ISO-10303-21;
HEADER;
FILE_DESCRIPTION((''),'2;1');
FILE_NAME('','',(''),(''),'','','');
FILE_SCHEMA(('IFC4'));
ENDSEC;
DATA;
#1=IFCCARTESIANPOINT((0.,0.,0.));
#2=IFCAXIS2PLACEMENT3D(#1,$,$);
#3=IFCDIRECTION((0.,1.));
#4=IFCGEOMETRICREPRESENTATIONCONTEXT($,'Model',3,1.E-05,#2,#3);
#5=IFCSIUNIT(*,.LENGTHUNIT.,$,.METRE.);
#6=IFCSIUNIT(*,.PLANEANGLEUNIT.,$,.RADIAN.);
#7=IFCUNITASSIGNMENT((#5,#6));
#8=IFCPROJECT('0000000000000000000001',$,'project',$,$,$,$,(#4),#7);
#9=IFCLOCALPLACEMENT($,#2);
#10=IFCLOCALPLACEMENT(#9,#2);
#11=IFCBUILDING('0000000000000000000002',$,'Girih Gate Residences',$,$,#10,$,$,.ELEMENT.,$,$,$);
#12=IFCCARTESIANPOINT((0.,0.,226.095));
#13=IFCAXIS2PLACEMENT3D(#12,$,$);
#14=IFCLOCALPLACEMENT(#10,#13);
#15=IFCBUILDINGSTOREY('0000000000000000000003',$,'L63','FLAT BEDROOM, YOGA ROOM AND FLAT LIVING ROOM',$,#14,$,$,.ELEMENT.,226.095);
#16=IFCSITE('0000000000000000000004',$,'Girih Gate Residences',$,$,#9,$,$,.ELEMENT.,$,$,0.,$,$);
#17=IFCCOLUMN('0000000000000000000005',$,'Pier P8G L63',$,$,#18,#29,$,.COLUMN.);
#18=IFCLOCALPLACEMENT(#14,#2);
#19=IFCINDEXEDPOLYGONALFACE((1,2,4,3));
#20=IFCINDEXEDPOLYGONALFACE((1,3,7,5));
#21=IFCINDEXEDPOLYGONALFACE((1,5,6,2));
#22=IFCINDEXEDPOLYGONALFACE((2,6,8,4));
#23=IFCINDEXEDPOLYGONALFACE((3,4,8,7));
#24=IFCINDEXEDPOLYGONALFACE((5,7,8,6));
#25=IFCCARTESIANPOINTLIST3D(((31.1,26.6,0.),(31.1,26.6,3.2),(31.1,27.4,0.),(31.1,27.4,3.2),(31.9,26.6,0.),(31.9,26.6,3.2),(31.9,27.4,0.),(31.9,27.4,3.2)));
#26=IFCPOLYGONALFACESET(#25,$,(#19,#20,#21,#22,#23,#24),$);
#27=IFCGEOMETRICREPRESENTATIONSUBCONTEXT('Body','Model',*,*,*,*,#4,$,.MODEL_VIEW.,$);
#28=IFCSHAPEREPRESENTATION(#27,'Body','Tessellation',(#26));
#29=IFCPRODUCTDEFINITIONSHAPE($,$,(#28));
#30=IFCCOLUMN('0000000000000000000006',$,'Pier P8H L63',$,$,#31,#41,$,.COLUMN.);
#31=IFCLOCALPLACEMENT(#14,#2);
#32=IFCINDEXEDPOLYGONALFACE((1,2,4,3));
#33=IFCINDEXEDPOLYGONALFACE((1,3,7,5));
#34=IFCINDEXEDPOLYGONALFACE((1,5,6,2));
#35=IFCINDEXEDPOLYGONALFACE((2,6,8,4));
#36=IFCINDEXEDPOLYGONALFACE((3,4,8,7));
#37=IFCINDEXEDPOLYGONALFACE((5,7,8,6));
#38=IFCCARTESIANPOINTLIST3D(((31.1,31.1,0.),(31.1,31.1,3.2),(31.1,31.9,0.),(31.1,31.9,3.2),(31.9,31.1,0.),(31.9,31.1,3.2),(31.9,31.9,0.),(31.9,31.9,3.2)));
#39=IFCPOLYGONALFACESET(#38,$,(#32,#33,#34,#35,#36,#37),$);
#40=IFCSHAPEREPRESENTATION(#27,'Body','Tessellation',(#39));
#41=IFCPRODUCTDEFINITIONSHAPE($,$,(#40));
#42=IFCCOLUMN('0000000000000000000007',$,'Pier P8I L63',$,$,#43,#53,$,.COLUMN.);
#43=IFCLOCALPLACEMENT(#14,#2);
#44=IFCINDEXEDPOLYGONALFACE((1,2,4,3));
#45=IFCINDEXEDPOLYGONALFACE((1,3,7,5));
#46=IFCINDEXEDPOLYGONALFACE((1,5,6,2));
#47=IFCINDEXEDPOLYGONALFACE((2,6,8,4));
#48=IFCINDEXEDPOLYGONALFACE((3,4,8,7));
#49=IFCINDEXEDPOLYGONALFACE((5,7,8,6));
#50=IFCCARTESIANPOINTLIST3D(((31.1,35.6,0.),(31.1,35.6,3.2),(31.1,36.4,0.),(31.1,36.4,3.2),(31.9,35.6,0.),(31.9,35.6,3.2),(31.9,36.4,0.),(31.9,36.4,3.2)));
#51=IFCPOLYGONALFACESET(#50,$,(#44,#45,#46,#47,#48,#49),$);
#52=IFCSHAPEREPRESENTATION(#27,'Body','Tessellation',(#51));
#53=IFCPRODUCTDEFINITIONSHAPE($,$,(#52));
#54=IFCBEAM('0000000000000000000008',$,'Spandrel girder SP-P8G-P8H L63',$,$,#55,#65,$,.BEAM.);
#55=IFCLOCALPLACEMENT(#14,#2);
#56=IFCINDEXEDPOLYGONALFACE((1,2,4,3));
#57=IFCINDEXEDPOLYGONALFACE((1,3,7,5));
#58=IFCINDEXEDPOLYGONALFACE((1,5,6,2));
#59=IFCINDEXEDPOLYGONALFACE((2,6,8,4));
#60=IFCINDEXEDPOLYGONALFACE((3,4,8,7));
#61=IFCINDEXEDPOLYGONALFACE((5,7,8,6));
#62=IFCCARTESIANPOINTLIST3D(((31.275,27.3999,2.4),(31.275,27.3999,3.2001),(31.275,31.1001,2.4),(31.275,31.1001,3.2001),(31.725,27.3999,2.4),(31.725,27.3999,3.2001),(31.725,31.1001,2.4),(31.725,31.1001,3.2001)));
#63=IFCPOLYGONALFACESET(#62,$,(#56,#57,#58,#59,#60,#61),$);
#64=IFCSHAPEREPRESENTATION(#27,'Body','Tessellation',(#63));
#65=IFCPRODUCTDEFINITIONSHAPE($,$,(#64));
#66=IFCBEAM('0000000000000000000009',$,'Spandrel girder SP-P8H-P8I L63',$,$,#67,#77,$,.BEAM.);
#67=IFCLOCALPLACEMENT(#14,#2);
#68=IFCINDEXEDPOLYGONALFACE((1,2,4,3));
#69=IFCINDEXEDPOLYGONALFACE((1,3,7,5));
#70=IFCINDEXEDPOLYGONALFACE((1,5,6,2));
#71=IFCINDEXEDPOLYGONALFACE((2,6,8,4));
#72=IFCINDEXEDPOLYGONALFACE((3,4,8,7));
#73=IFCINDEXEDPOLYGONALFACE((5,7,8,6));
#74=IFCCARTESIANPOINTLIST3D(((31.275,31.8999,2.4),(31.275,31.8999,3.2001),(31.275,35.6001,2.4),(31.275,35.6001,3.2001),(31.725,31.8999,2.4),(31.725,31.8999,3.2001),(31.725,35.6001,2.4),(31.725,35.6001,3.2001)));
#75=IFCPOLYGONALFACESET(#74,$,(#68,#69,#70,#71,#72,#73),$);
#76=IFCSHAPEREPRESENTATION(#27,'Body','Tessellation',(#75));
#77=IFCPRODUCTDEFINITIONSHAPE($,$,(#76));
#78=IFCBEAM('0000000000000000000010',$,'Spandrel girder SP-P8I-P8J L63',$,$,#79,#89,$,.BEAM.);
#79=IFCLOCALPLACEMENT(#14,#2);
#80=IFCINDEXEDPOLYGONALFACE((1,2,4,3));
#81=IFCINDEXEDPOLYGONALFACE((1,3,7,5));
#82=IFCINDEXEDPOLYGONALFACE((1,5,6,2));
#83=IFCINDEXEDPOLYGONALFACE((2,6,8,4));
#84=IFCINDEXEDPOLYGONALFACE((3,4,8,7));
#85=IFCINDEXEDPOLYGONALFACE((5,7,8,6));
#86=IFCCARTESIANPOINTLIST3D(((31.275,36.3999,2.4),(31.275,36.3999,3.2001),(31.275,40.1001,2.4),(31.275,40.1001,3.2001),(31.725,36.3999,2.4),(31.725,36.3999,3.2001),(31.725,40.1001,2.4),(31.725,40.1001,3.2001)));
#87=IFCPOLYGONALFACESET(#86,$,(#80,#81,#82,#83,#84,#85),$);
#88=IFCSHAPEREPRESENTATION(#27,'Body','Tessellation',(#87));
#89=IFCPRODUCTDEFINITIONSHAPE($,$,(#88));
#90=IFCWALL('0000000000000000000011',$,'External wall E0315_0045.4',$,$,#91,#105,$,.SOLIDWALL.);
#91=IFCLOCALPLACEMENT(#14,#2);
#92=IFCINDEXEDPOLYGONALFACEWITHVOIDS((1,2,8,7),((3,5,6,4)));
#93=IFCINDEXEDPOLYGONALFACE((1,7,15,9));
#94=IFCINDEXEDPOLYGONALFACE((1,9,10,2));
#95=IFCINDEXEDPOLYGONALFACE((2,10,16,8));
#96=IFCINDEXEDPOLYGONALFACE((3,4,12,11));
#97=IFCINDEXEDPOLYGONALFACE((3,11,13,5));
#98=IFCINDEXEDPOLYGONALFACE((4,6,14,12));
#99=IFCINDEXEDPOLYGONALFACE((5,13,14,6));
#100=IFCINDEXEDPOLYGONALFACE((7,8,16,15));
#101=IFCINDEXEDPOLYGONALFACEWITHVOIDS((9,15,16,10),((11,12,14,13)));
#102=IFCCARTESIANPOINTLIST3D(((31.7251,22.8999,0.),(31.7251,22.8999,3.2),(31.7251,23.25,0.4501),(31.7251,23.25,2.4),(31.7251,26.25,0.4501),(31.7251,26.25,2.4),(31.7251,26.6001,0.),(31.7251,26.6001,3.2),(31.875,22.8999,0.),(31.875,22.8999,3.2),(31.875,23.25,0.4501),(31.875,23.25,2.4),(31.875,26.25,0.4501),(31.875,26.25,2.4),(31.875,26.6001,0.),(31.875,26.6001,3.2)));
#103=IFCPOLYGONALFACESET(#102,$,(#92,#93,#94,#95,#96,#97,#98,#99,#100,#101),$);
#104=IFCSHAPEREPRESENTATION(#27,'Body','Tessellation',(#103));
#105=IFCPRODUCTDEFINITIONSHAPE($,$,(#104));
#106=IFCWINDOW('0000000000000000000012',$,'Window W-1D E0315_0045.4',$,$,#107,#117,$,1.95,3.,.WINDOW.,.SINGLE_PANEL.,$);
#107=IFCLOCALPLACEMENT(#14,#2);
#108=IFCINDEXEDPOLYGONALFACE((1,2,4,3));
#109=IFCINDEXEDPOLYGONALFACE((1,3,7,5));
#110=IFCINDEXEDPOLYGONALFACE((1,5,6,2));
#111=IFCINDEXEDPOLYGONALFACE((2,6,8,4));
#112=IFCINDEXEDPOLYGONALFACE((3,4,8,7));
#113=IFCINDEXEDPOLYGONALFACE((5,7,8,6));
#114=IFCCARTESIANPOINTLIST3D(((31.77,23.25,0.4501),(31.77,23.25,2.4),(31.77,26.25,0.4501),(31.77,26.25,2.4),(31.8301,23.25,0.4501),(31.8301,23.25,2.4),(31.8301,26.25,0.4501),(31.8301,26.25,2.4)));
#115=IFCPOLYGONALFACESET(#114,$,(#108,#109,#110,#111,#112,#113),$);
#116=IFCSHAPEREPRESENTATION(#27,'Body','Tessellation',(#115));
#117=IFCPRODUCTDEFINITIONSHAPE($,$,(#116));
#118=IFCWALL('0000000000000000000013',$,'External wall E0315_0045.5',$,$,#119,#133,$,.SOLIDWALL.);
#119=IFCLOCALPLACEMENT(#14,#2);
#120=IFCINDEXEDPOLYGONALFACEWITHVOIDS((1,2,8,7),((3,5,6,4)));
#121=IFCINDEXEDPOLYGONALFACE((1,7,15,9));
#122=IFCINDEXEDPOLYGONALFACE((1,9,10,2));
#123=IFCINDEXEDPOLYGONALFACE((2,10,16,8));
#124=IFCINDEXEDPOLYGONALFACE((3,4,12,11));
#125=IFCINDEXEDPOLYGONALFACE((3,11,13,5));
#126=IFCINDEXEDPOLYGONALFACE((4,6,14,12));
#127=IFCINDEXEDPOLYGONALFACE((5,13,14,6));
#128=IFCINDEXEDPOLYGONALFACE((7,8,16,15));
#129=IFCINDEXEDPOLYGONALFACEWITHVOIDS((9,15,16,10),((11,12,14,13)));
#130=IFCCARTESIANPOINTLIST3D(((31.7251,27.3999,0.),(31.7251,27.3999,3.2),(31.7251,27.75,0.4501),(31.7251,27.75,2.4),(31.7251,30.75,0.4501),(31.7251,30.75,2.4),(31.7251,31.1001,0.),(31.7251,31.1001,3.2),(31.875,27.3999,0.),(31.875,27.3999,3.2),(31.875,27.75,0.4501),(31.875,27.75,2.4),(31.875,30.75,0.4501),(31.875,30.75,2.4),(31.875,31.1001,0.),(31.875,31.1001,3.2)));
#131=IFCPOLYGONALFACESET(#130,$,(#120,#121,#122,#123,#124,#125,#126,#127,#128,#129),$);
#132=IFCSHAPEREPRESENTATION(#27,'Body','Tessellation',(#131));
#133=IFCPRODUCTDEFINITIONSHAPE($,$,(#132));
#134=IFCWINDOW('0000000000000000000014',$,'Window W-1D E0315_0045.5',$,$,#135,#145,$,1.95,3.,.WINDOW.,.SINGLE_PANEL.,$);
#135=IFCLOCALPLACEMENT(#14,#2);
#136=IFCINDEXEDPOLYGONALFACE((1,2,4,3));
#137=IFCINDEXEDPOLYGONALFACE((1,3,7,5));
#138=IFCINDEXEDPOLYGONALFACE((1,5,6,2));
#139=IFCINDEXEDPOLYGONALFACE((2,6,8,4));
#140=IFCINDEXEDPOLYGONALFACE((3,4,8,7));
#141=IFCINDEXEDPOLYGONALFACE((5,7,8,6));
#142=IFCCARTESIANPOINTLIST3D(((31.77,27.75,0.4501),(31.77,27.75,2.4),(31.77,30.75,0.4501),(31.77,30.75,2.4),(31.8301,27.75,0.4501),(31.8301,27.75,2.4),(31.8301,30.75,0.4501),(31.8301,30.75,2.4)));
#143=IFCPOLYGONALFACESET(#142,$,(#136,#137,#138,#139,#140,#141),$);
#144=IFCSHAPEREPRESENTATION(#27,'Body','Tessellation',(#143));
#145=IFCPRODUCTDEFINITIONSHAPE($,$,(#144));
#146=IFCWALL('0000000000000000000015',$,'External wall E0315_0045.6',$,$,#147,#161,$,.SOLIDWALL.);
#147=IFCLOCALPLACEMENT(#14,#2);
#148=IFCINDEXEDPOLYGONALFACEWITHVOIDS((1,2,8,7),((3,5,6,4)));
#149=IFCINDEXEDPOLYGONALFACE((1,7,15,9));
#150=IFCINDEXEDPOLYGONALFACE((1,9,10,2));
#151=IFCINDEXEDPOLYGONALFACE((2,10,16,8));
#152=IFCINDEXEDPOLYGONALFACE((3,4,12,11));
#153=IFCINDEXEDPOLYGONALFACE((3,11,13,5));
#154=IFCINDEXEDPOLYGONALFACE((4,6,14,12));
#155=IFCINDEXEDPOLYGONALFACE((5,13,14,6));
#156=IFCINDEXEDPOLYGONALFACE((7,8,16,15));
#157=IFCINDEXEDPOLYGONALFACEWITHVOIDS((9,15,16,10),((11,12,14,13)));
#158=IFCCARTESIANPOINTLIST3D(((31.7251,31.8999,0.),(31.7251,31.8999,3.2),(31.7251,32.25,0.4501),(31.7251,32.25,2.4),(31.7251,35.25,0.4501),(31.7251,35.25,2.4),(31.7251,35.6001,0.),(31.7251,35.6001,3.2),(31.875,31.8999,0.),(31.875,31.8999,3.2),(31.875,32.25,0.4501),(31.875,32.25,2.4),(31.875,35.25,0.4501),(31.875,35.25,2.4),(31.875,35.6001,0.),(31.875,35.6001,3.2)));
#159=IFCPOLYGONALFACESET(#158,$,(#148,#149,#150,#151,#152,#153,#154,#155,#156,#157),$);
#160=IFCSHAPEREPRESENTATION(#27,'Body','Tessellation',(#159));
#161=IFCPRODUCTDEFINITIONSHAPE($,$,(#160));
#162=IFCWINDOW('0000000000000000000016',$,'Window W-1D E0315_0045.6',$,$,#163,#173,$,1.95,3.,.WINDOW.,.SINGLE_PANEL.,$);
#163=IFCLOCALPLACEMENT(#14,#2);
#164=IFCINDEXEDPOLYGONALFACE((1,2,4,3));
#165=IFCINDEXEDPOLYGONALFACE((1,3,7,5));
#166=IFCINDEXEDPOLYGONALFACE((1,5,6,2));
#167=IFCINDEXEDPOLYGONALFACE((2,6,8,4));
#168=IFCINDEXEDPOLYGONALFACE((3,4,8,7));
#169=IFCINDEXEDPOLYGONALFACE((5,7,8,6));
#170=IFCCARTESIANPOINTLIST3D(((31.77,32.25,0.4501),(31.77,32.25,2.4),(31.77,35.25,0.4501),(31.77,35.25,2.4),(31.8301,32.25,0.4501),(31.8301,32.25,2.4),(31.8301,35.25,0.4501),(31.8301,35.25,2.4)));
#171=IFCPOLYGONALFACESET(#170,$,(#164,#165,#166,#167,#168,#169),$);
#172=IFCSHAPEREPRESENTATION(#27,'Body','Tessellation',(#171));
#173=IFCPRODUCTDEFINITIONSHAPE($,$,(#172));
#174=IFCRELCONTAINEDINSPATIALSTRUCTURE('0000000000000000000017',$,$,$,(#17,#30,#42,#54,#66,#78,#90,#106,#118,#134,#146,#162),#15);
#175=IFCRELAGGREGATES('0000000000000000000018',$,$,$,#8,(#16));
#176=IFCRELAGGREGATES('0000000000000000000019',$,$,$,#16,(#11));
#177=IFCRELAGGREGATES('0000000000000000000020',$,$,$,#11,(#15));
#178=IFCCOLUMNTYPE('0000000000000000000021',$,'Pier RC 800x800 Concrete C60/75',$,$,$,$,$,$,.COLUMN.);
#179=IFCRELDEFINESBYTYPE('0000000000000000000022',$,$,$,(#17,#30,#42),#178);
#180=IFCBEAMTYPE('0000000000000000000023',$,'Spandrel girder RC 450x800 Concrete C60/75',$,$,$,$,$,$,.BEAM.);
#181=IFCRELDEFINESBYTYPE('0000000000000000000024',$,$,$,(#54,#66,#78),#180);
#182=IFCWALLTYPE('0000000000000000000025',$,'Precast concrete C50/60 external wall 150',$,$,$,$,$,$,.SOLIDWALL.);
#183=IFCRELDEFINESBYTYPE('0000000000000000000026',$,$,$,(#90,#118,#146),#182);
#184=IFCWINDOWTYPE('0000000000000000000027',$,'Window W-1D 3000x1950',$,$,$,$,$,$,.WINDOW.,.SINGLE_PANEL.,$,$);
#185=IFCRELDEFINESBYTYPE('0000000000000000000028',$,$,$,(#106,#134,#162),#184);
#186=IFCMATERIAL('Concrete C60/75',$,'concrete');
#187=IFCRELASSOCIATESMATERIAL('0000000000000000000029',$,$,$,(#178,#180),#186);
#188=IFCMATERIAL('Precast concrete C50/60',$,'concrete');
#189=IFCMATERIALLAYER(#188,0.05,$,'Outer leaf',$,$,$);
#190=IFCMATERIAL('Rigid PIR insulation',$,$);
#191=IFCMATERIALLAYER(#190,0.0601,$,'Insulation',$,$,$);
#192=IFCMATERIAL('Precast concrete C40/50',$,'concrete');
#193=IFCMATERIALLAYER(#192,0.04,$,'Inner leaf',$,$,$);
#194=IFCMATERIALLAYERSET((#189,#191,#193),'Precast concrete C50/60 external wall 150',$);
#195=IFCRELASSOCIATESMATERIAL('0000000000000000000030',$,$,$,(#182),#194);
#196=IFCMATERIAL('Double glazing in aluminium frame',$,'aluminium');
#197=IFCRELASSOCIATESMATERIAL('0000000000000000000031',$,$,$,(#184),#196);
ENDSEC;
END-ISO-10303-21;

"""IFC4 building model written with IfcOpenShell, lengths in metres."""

from ifc_helpers import new_model, si_unit, direction, frame, frame_2d, origin, origin_2d, place, context, subcontext, project, spatial, rectangle, extrude, material, layer, layer_set, material_profile, profile_set, type_object, element, fill, save


model = new_model("IFC4")

# Units and contexts
model_context = context("Model", 3, precision=1e-05, world=origin(), true_north=direction((0.0, 1.0)))
body_context = subcontext(model_context, "Body", "Model", "MODEL_VIEW")
ifc_project = project(units=[si_unit("LENGTHUNIT", "METRE"), si_unit("PLANEANGLEUNIT", "RADIAN")], contexts=[model_context])

# Site, building, storey
site_placement = place(None, origin())
site = spatial("IfcSite", under=ifc_project, at=site_placement, Name="Girih Gate Residences", CompositionType="ELEMENT", RefElevation=0.0)
building_placement = place(site_placement, origin())
building = spatial("IfcBuilding", under=site, at=building_placement, Name="Girih Gate Residences", CompositionType="ELEMENT")
storey_placement = place(building_placement, frame((0.0, 0.0, 226.095)))
storey = spatial("IfcBuildingStorey", under=building, at=storey_placement, Name="L63", Description="FLAT BEDROOM, YOGA ROOM AND FLAT LIVING ROOM", CompositionType="ELEMENT", Elevation=226.095)

# Columns
ifc_material_1 = material(Name="Concrete C60/75", Category="concrete")
ifc_material_profile_1 = material_profile(ifc_material_1, rectangle(XDim=0.8, YDim=0.8, at=origin_2d()))
ifc_profile_set_1 = profile_set([ifc_material_profile_1], Name="Concrete C60/75")
column_type = type_object("IfcColumnType", Name="Pier RC 800x800 Concrete C60/75", PredefinedType="COLUMN", material=ifc_profile_set_1)
for number, where, z_axis, x_axis, name in (
    (1, (31.5, 27.0, 0.0), (0.0, 0.0, 1.0), (1.0, 0.0, 0.0), "Pier P8G L63"),
    (2, (31.5, 31.5, 0.0), (0.0, 0.0, 1.0), (1.0, 0.0, 0.0), "Pier P8H L63"),
    (3, (31.5, 36.0, 0.0), (0.0, 0.0, 1.0), (1.0, 0.0, 0.0), "Pier P8I L63"),
):
    element("IfcColumn", number, at=place(storey_placement, frame(where, z_axis=z_axis, x_axis=x_axis)), inside=storey, type_object=column_type, Name=name, PredefinedType="COLUMN", context=body_context, shape_type="SweptSolid", body=[
        extrude(rectangle(XDim=0.8, YDim=0.8, at=origin_2d()), origin(), (0.0, 0.0, 1.0), 3.2),
    ])

# Beams
ifc_material_profile_2 = material_profile(ifc_material_1, rectangle(XDim=0.45, YDim=0.8, at=origin_2d()))
ifc_profile_set_2 = profile_set([ifc_material_profile_2], Name="Concrete C60/75")
beam_type = type_object("IfcBeamType", Name="Spandrel girder RC 450x800 Concrete C60/75", PredefinedType="BEAM", material=ifc_profile_set_2)
for number, where, z_axis, x_axis, name in (
    (4, (31.5, 27.3999, 2.8), (0.0, 1.0, 0.0), (-1.0, 0.0, 0.0), "Spandrel girder SP-P8G-P8H L63"),
    (5, (31.5, 31.8999, 2.8), (0.0, 1.0, 0.0), (-1.0, 0.0, 0.0), "Spandrel girder SP-P8H-P8I L63"),
    (6, (31.5, 36.3999, 2.8), (0.0, 1.0, 0.0), (-1.0, 0.0, 0.0), "Spandrel girder SP-P8I-P8J L63"),
):
    element("IfcBeam", number, at=place(storey_placement, frame(where, z_axis=z_axis, x_axis=x_axis)), inside=storey, type_object=beam_type, Name=name, PredefinedType="BEAM", context=body_context, shape_type="SweptSolid", body=[
        extrude(rectangle(XDim=0.45, YDim=0.8, at=origin_2d()), origin(), (0.0, 0.0, 1.0), 3.7002),
    ])

# Walls, openings, windows
ifc_material_2 = material(Name="Precast concrete C50/60", Category="concrete")
ifc_layer_1 = layer(ifc_material_2, 0.05, Name="Outer leaf")
ifc_material_3 = material(Name="Rigid PIR insulation")
ifc_layer_2 = layer(ifc_material_3, 0.0601, Name="Insulation")
ifc_material_4 = material(Name="Precast concrete C40/50", Category="concrete")
ifc_layer_3 = layer(ifc_material_4, 0.04, Name="Inner leaf")
ifc_layer_set_1 = layer_set([ifc_layer_1, ifc_layer_2, ifc_layer_3], Name="Precast concrete C50/60 external wall 150")
wall_type_1 = type_object("IfcWallType", Name="Precast concrete C50/60 external wall 150", PredefinedType="SOLIDWALL", material=ifc_layer_set_1)
wall_1_placement = place(storey_placement, frame((31.8, 26.6001, 0.0), z_axis=(0.0, 0.0, 1.0), x_axis=(0.0, -1.0, 0.0)))
wall_1 = element("IfcWall", 7, at=wall_1_placement, inside=storey, type_object=wall_type_1, Name="External wall E0315_0045.4", PredefinedType="SOLIDWALL", context=body_context, shape_type="SweptSolid", body=[
    extrude(rectangle(XDim=3.7002, YDim=0.1499, at=frame_2d((1.8501, 0.0))), origin(), (0.0, 0.0, 1.0), 3.2),
])
opening_1_placement = place(wall_1_placement, frame((0.3501, 0.0, 0.45)))
opening_1 = element("IfcOpeningElement", 8, at=opening_1_placement, cuts=wall_1, PredefinedType="OPENING", context=body_context, shape_type="SweptSolid", body=[
    extrude(rectangle(XDim=3.0, YDim=1.95, at=frame_2d((1.5, 0.9751))), frame((0.0, 0.085, 0.0), z_axis=(0.0, -1.0, 0.0), x_axis=(1.0, 0.0, 0.0)), (0.0, 0.0, 1.0), 0.1699),
])
ifc_material_5 = material(Name="Double glazing in aluminium frame", Category="aluminium")
window_type = type_object("IfcWindowType", Name="Window W-1D 3000x1950", PartitioningType="SINGLE_PANEL", PredefinedType="WINDOW", material=ifc_material_5)
window_1_placement = place(opening_1_placement, origin())
window_1 = element("IfcWindow", 9, at=window_1_placement, inside=storey, type_object=window_type, Name="Window W-1D E0315_0045.4", OverallHeight=1.95, OverallWidth=3.0, PartitioningType="SINGLE_PANEL", PredefinedType="WINDOW", context=body_context, shape_type="SweptSolid", body=[
    extrude(rectangle(XDim=3.0, YDim=1.95, at=frame_2d((1.5, 0.9751))), frame((0.0, 0.03, 0.0), z_axis=(0.0, -1.0, 0.0), x_axis=(1.0, 0.0, 0.0)), (0.0, 0.0, 1.0), 0.0601),
])
fill(opening_1, window_1)
wall_2_placement = place(storey_placement, frame((31.8, 31.1001, 0.0), z_axis=(0.0, 0.0, 1.0), x_axis=(0.0, -1.0, 0.0)))
wall_2 = element("IfcWall", 10, at=wall_2_placement, inside=storey, type_object=wall_type_1, Name="External wall E0315_0045.5", PredefinedType="SOLIDWALL", context=body_context, shape_type="SweptSolid", body=[
    extrude(rectangle(XDim=3.7002, YDim=0.1499, at=frame_2d((1.8501, 0.0))), origin(), (0.0, 0.0, 1.0), 3.2),
])
opening_2_placement = place(wall_2_placement, frame((0.3501, 0.0, 0.45)))
opening_2 = element("IfcOpeningElement", 11, at=opening_2_placement, cuts=wall_2, PredefinedType="OPENING", context=body_context, shape_type="SweptSolid", body=[
    extrude(rectangle(XDim=3.0, YDim=1.95, at=frame_2d((1.5, 0.9751))), frame((0.0, 0.085, 0.0), z_axis=(0.0, -1.0, 0.0), x_axis=(1.0, 0.0, 0.0)), (0.0, 0.0, 1.0), 0.1699),
])
window_2_placement = place(opening_2_placement, origin())
window_2 = element("IfcWindow", 12, at=window_2_placement, inside=storey, type_object=window_type, Name="Window W-1D E0315_0045.5", OverallHeight=1.95, OverallWidth=3.0, PartitioningType="SINGLE_PANEL", PredefinedType="WINDOW", context=body_context, shape_type="SweptSolid", body=[
    extrude(rectangle(XDim=3.0, YDim=1.95, at=frame_2d((1.5, 0.9751))), frame((0.0, 0.03, 0.0), z_axis=(0.0, -1.0, 0.0), x_axis=(1.0, 0.0, 0.0)), (0.0, 0.0, 1.0), 0.0601),
])
fill(opening_2, window_2)
wall_3_placement = place(storey_placement, frame((31.8, 35.6001, 0.0), z_axis=(0.0, 0.0, 1.0), x_axis=(0.0, -1.0, 0.0)))
wall_3 = element("IfcWall", 13, at=wall_3_placement, inside=storey, type_object=wall_type_1, Name="External wall E0315_0045.6", PredefinedType="SOLIDWALL", context=body_context, shape_type="SweptSolid", body=[
    extrude(rectangle(XDim=3.7002, YDim=0.1499, at=frame_2d((1.8501, 0.0))), origin(), (0.0, 0.0, 1.0), 3.2),
])
opening_3_placement = place(wall_3_placement, frame((0.3501, 0.0, 0.45)))
opening_3 = element("IfcOpeningElement", 14, at=opening_3_placement, cuts=wall_3, PredefinedType="OPENING", context=body_context, shape_type="SweptSolid", body=[
    extrude(rectangle(XDim=3.0, YDim=1.95, at=frame_2d((1.5, 0.9751))), frame((0.0, 0.085, 0.0), z_axis=(0.0, -1.0, 0.0), x_axis=(1.0, 0.0, 0.0)), (0.0, 0.0, 1.0), 0.1699),
])
window_3_placement = place(opening_3_placement, origin())
window_3 = element("IfcWindow", 15, at=window_3_placement, inside=storey, type_object=window_type, Name="Window W-1D E0315_0045.6", OverallHeight=1.95, OverallWidth=3.0, PartitioningType="SINGLE_PANEL", PredefinedType="WINDOW", context=body_context, shape_type="SweptSolid", body=[
    extrude(rectangle(XDim=3.0, YDim=1.95, at=frame_2d((1.5, 0.9751))), frame((0.0, 0.03, 0.0), z_axis=(0.0, -1.0, 0.0), x_axis=(1.0, 0.0, 0.0)), (0.0, 0.0, 1.0), 0.0601),
])
fill(opening_3, window_3)

save(model, "model.ifc")
